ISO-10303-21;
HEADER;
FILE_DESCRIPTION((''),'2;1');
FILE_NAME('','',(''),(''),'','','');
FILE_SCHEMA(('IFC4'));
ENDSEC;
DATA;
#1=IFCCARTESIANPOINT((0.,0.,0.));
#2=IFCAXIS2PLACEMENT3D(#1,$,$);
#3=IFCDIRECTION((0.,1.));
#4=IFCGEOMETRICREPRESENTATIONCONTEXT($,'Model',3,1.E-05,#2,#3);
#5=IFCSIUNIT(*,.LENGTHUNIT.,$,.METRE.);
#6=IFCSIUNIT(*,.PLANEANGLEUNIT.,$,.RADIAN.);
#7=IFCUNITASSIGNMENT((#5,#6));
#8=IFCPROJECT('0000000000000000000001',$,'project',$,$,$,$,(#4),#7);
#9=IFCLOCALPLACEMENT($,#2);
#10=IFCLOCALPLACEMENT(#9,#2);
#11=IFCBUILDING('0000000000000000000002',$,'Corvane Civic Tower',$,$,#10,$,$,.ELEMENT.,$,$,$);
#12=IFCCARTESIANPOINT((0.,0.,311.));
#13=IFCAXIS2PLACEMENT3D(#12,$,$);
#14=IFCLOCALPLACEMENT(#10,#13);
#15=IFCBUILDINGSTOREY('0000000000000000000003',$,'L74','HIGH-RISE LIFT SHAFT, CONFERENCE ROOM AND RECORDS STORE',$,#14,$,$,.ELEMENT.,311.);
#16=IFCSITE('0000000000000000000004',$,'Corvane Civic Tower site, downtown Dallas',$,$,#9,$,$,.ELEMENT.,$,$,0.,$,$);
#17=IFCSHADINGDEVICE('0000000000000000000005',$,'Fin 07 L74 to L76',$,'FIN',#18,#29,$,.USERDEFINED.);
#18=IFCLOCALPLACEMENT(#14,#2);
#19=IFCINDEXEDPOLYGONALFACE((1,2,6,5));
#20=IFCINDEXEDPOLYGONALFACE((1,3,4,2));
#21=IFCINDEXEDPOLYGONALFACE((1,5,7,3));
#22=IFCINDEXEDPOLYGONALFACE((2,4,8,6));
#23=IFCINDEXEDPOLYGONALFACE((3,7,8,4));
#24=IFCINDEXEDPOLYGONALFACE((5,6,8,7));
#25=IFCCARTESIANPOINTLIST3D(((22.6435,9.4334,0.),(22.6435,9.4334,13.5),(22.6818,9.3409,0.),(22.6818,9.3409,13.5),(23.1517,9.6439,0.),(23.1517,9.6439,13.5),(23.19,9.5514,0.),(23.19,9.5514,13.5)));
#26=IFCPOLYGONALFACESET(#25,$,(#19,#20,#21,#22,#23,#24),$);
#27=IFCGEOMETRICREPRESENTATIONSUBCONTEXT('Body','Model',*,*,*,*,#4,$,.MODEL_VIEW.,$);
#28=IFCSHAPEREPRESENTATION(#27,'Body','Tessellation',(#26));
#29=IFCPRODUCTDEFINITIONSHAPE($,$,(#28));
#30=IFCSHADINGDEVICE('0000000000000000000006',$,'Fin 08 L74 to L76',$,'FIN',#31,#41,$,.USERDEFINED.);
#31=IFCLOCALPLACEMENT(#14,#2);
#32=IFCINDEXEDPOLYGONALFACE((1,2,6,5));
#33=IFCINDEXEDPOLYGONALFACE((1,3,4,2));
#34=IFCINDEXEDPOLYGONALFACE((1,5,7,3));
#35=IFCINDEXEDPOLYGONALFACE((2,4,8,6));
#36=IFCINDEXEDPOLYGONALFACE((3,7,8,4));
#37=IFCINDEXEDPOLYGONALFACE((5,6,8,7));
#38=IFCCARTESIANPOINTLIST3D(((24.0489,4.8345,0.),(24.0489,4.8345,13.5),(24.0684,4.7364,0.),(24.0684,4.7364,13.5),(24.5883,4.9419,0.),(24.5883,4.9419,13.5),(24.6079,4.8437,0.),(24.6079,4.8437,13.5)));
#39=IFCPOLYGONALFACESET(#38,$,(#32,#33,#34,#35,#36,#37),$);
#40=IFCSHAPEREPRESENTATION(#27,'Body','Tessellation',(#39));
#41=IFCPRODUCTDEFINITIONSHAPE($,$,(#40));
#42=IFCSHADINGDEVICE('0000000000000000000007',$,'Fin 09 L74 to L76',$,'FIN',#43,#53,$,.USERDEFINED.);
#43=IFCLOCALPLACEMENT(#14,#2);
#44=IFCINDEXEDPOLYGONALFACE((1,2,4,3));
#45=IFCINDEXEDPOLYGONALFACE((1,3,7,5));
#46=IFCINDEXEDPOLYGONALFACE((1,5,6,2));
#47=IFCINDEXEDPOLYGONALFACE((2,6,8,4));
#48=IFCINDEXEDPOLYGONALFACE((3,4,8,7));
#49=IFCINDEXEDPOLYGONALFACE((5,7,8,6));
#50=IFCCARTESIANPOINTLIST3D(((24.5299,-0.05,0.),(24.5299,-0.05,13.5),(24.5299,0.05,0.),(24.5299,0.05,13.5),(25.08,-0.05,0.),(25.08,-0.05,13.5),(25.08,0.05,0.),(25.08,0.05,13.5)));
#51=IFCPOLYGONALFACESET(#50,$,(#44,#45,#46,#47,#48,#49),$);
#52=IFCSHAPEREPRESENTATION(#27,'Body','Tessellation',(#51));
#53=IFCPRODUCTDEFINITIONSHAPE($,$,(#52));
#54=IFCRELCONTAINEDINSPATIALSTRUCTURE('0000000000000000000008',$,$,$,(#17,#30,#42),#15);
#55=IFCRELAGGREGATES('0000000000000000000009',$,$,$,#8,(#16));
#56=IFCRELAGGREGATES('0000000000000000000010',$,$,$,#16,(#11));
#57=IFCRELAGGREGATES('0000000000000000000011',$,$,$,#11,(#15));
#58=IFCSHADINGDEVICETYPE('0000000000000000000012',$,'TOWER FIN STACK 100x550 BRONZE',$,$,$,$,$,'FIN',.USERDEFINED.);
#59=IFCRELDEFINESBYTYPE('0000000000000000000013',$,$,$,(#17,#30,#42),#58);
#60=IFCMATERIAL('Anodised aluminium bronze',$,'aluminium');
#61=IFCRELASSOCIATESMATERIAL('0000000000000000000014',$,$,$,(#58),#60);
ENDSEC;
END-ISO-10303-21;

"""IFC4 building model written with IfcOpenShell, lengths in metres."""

from ifc_helpers import new_model, si_unit, direction, frame, origin, origin_2d, place, context, subcontext, project, spatial, rectangle, extrude, material, material_profile, profile_set, type_object, element, save


model = new_model("IFC4")

# Units and contexts
model_context = context("Model", 3, precision=1e-05, world=origin(), true_north=direction((0.0, 1.0)))
body_context = subcontext(model_context, "Body", "Model", "MODEL_VIEW")
ifc_project = project(units=[si_unit("LENGTHUNIT", "METRE"), si_unit("PLANEANGLEUNIT", "RADIAN")], contexts=[model_context])

# Site, building, storey
site_placement = place(None, origin())
site = spatial("IfcSite", under=ifc_project, at=site_placement, Name="Corvane Civic Tower site, downtown Dallas", CompositionType="ELEMENT", RefElevation=0.0)
building_placement = place(site_placement, origin())
building = spatial("IfcBuilding", under=site, at=building_placement, Name="Corvane Civic Tower", CompositionType="ELEMENT")
storey_placement = place(building_placement, frame((0.0, 0.0, 311.0)))
storey = spatial("IfcBuildingStorey", under=building, at=storey_placement, Name="L74", Description="HIGH-RISE LIFT SHAFT, CONFERENCE ROOM AND RECORDS STORE", CompositionType="ELEMENT", Elevation=311.0)

# Shading devices
ifc_material_1 = material(Name="Anodised aluminium bronze", Category="aluminium")
ifc_material_profile_1 = material_profile(ifc_material_1, rectangle(XDim=0.1001, YDim=0.55, at=origin_2d()), Name="TOWER FIN STACK 100x550 BRONZE")
ifc_profile_set_1 = profile_set([ifc_material_profile_1], Name="Anodised aluminium bronze")
shading_device_type = type_object("IfcShadingDeviceType", Name="TOWER FIN STACK 100x550 BRONZE", ElementType="FIN", PredefinedType="USERDEFINED", material=ifc_profile_set_1)
for number, where, z_axis, x_axis, name in (
    (1, (22.9167, 9.4924, 0.0), (0.0, 0.0, 1.0), (0.382683, -0.92388, 0.0), "Fin 07 L74 to L76"),
    (2, (24.3284, 4.8391, 0.0), (0.0, 0.0, 1.0), (0.19509, -0.980785, 0.0), "Fin 08 L74 to L76"),
    (3, (24.8049, 0.0, 0.0), (0.0, 0.0, 1.0), (0.0, -1.0, 0.0), "Fin 09 L74 to L76"),
):
    element("IfcShadingDevice", number, at=place(storey_placement, frame(where, z_axis=z_axis, x_axis=x_axis)), inside=storey, type_object=shading_device_type, Name=name, ObjectType="FIN", PredefinedType="USERDEFINED", context=body_context, shape_type="SweptSolid", body=[
        extrude(rectangle(XDim=0.1001, YDim=0.55, at=origin_2d()), origin(), (0.0, 0.0, 1.0), 13.5),
    ])

save(model, "model.ifc")
